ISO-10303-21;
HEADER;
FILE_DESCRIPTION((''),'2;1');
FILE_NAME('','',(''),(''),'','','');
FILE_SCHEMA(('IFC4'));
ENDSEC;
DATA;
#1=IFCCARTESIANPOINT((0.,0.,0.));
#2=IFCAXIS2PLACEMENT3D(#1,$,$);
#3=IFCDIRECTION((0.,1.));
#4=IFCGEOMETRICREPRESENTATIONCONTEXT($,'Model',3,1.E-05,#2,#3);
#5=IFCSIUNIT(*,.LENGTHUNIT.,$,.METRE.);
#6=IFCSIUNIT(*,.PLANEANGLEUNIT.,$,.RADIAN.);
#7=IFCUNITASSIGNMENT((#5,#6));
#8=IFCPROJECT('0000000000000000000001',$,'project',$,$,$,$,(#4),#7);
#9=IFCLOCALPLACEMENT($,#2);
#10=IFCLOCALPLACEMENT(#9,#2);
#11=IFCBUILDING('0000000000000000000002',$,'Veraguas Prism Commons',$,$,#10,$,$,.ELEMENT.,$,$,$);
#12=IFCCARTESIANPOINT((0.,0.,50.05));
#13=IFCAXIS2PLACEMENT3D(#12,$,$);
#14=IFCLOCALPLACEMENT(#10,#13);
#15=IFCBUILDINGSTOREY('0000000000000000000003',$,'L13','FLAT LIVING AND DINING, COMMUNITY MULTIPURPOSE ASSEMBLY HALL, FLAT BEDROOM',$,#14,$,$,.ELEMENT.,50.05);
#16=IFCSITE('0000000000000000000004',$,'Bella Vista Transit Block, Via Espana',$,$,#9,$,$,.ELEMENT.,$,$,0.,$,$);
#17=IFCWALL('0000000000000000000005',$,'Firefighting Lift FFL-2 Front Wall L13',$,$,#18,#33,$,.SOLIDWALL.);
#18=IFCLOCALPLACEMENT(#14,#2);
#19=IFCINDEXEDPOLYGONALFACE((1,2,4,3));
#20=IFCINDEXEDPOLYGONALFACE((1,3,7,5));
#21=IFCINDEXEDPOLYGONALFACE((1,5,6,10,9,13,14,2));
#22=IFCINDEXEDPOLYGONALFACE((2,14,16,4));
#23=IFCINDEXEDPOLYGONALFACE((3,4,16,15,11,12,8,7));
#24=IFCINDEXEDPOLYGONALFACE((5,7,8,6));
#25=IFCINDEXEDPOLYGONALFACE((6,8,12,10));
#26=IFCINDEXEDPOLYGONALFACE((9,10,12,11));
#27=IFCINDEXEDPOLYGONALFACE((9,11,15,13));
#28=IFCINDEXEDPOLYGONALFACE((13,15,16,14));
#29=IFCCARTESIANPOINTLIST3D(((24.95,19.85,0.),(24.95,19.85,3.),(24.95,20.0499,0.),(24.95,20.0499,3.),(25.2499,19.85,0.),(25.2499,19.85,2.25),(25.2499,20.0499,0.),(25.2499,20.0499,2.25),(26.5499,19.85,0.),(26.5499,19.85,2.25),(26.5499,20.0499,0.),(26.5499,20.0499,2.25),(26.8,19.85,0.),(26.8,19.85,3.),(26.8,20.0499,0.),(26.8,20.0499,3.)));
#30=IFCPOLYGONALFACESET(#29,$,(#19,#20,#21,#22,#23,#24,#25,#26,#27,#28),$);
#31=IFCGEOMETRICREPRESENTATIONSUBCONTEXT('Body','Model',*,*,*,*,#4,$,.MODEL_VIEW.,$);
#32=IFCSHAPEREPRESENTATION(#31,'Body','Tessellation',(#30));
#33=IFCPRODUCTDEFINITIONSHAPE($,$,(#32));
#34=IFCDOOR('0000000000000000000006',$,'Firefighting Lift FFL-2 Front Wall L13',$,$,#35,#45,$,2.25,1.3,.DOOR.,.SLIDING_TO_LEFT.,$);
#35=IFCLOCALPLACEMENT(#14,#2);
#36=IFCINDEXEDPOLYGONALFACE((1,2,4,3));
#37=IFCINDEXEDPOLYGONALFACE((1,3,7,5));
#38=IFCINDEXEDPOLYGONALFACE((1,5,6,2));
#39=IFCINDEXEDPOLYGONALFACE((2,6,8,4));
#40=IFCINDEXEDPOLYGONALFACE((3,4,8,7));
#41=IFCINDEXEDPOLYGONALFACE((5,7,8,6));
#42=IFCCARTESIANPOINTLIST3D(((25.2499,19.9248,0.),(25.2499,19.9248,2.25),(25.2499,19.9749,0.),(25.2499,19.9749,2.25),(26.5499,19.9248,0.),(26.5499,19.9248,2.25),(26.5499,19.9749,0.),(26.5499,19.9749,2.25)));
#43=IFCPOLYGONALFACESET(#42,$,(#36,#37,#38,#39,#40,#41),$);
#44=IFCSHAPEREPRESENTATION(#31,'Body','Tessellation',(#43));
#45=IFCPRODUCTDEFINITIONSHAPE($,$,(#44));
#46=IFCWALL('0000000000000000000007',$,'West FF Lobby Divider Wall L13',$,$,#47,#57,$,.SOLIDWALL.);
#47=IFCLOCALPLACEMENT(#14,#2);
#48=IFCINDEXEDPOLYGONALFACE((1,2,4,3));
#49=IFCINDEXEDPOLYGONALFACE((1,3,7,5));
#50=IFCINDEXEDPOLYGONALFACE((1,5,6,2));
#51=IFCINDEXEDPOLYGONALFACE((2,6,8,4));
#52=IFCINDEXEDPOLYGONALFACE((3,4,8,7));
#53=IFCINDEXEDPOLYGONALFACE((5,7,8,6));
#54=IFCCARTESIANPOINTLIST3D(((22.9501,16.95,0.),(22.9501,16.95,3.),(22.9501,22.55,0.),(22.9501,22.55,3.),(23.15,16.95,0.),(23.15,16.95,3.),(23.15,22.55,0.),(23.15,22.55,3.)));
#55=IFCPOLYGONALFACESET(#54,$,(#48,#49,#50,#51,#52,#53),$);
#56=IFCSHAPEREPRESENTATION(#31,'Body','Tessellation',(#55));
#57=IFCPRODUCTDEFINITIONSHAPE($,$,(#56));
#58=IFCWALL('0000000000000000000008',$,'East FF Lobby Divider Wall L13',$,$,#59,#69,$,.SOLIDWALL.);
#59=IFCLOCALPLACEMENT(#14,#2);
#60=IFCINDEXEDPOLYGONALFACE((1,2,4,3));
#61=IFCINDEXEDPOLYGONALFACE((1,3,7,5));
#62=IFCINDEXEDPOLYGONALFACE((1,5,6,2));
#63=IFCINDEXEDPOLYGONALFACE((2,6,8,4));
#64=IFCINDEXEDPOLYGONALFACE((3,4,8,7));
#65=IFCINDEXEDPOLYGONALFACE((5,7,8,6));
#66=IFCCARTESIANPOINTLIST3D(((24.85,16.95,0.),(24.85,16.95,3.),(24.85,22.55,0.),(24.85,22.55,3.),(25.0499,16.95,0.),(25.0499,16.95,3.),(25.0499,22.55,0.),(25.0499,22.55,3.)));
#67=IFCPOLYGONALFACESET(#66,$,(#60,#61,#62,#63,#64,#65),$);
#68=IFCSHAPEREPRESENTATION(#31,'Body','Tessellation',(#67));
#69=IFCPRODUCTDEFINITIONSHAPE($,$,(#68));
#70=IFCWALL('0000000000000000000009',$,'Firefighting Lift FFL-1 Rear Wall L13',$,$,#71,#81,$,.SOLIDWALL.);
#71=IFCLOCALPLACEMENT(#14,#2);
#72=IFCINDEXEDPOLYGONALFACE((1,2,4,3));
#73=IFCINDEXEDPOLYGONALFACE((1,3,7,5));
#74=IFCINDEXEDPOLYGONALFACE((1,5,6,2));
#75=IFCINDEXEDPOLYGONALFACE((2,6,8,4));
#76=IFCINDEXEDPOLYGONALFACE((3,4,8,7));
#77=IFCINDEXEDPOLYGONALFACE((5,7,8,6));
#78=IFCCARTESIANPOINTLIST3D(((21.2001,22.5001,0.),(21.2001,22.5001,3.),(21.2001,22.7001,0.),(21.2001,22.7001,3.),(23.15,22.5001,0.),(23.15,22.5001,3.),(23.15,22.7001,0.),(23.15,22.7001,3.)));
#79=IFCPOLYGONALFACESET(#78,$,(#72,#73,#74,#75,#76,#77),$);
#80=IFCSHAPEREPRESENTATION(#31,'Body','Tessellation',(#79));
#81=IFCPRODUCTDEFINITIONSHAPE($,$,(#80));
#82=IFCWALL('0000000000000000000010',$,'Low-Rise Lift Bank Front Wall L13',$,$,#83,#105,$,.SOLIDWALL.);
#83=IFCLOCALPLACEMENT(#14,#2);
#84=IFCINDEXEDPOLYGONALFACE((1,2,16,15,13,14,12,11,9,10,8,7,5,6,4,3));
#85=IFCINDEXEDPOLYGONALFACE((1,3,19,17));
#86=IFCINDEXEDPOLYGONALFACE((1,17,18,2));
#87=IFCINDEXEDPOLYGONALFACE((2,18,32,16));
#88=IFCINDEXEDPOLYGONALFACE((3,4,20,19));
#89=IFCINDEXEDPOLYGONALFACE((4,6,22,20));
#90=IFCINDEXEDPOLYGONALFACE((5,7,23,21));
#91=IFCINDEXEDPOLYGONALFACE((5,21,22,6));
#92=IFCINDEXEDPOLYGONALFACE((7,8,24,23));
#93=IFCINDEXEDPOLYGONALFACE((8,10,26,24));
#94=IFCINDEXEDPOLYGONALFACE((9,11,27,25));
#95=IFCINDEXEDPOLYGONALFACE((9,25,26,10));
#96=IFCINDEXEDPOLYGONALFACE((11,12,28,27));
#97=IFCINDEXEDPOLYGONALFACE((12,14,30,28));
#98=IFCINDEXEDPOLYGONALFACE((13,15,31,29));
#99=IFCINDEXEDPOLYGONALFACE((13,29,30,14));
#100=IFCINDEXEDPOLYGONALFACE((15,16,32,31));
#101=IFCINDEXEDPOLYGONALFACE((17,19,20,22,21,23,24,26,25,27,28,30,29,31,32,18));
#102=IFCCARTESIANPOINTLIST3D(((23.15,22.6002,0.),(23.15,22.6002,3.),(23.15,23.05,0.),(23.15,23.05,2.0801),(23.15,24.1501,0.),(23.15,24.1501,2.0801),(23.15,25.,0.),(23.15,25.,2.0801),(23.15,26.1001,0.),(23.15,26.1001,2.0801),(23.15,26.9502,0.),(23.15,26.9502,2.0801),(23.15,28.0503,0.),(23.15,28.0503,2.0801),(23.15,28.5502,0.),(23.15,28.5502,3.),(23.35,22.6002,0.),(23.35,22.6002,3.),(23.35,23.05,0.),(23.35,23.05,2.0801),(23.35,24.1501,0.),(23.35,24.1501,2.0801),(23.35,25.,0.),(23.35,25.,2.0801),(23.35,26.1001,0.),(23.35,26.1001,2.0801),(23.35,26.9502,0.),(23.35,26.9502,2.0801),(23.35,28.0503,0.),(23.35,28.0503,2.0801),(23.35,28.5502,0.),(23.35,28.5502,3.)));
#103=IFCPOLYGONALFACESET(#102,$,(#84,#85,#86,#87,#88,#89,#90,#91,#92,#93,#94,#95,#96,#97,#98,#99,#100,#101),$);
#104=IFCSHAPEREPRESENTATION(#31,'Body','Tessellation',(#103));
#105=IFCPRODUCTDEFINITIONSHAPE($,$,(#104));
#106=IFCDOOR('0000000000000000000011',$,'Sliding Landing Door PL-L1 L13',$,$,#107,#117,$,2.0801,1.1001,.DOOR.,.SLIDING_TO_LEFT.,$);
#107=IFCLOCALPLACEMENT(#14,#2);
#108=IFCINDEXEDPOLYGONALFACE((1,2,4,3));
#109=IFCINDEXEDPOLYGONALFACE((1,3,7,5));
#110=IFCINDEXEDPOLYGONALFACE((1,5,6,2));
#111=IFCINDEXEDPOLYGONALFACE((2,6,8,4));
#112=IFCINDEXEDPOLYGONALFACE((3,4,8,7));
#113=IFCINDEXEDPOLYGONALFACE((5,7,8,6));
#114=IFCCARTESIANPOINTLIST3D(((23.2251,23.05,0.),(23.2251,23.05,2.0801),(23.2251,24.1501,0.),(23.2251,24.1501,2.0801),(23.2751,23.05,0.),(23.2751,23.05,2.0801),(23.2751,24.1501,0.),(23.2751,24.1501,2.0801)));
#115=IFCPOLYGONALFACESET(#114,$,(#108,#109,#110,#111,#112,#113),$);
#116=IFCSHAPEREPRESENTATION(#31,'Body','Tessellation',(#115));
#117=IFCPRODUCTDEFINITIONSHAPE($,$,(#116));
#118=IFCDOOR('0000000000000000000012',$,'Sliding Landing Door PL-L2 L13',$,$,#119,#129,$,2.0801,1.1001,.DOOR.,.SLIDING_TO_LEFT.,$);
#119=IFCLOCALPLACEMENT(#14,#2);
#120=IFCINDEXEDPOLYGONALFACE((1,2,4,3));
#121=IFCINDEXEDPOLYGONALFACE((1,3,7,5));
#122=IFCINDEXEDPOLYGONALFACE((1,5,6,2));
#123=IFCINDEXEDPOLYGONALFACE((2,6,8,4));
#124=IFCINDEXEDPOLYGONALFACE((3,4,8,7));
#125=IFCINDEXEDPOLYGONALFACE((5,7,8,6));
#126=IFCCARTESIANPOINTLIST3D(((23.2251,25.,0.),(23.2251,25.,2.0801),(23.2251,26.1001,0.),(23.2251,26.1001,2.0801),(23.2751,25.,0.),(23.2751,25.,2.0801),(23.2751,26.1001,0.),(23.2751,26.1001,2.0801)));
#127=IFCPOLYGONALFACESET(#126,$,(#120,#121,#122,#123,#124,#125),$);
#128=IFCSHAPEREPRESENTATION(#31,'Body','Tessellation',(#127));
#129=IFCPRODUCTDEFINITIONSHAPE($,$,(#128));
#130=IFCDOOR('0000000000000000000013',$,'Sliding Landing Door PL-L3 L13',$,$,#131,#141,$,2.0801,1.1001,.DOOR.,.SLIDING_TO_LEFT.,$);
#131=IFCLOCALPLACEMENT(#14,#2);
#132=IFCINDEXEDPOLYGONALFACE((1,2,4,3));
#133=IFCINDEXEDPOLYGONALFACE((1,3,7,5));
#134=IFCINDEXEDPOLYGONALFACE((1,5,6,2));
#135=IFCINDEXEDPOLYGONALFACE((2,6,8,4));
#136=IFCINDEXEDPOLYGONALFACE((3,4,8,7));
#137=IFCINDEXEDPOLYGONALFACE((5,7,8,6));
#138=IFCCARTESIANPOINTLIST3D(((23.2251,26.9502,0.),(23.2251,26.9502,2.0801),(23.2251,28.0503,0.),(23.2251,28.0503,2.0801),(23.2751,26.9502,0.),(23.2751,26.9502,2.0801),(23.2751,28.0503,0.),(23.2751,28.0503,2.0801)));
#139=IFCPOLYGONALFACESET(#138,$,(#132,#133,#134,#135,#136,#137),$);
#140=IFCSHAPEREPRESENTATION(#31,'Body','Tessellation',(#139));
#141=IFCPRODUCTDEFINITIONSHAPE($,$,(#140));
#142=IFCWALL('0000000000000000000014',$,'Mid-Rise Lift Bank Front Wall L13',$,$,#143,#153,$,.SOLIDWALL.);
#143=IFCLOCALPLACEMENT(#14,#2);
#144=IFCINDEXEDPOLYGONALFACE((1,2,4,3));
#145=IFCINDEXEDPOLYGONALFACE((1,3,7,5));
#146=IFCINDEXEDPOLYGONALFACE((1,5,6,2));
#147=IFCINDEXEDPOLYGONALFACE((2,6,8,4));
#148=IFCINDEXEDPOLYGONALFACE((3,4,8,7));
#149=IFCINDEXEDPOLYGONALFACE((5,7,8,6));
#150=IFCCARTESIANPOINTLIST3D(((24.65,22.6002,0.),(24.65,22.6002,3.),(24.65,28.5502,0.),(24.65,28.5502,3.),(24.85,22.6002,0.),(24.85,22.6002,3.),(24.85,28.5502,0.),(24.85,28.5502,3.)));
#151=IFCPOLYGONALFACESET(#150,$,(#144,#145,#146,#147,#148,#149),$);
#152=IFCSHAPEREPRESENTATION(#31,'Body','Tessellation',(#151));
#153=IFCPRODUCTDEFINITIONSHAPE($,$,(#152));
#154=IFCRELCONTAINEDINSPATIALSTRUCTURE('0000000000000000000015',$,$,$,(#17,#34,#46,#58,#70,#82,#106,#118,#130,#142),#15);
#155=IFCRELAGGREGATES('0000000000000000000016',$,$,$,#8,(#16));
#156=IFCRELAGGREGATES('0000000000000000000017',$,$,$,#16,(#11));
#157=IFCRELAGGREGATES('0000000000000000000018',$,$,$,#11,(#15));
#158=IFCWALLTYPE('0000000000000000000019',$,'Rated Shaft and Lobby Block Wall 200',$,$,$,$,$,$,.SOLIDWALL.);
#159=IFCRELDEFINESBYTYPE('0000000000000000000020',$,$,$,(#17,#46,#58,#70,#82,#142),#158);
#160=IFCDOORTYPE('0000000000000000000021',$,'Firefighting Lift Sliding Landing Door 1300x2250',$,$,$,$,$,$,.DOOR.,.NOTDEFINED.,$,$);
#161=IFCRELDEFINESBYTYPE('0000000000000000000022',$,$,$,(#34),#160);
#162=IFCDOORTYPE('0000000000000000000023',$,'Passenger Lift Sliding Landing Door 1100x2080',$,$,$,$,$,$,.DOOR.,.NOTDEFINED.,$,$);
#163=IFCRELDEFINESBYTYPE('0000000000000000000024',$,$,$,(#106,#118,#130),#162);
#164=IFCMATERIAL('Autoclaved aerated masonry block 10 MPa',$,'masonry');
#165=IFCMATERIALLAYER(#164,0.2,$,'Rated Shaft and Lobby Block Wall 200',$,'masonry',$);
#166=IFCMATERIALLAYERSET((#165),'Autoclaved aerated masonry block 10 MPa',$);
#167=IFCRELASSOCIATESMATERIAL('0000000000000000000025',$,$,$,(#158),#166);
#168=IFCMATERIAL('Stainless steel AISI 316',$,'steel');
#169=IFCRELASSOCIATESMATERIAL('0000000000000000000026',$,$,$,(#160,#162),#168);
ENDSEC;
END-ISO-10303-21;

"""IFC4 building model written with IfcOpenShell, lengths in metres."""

from ifc_helpers import new_model, si_unit, direction, frame, frame_2d, origin, place, context, subcontext, project, spatial, rectangle, extrude, source, transform, mapped, material, layer, layer_set, type_object, element, fill, save


model = new_model("IFC4")

# Units and contexts
model_context = context("Model", 3, precision=1e-05, world=origin(), true_north=direction((0.0, 1.0)))
body_context = subcontext(model_context, "Body", "Model", "MODEL_VIEW")
ifc_project = project(units=[si_unit("LENGTHUNIT", "METRE"), si_unit("PLANEANGLEUNIT", "RADIAN")], contexts=[model_context])

# Site, building, storey
site_placement = place(None, origin())
site = spatial("IfcSite", under=ifc_project, at=site_placement, Name="Bella Vista Transit Block, Via Espana", CompositionType="ELEMENT", RefElevation=0.0)
building_placement = place(site_placement, origin())
building = spatial("IfcBuilding", under=site, at=building_placement, Name="Veraguas Prism Commons", CompositionType="ELEMENT")
storey_placement = place(building_placement, frame((0.0, 0.0, 50.05)))
storey = spatial("IfcBuildingStorey", under=building, at=storey_placement, Name="L13", Description="FLAT LIVING AND DINING, COMMUNITY MULTIPURPOSE ASSEMBLY HALL, FLAT BEDROOM", CompositionType="ELEMENT", Elevation=50.05)

# Wall, opening, door
ifc_material_1 = material(Name="Autoclaved aerated masonry block 10 MPa", Category="masonry")
ifc_layer_1 = layer(ifc_material_1, 0.2, Name="Rated Shaft and Lobby Block Wall 200", Category="masonry")
ifc_layer_set_1 = layer_set([ifc_layer_1], Name="Autoclaved aerated masonry block 10 MPa")
wall_type_1 = type_object("IfcWallType", Name="Rated Shaft and Lobby Block Wall 200", PredefinedType="SOLIDWALL", material=ifc_layer_set_1)
ifc_material_2 = material(Name="Stainless steel AISI 316", Category="steel")
door_type_1 = type_object("IfcDoorType", Name="Firefighting Lift Sliding Landing Door 1300x2250", OperationType="NOTDEFINED", PredefinedType="DOOR", material=ifc_material_2)
shared_shape_1 = source(origin(), body_context, "Body", "SweptSolid", [
    extrude(rectangle(XDim=1.3, YDim=2.25, at=frame_2d((0.6499, 1.125))), frame((0.0, 0.0249, 0.0), z_axis=(0.0, -1.0, 0.0), x_axis=(1.0, 0.0, 0.0)), (0.0, 0.0, 1.0), 0.05),
])
wall_1_placement = place(storey_placement, frame((24.95, 19.95, 0.0), z_axis=(0.0, 0.0, 1.0), x_axis=(1.0, 0.0, 0.0)))
wall_1 = element("IfcWall", 1, at=wall_1_placement, inside=storey, type_object=wall_type_1, Name="Firefighting Lift FFL-2 Front Wall L13", PredefinedType="SOLIDWALL", context=body_context, shape_type="SweptSolid", body=[
    extrude(rectangle(XDim=1.8501, YDim=0.2, at=frame_2d((0.925, 0.0))), origin(), (0.0, 0.0, 1.0), 3.0),
])
opening_1_placement = place(wall_1_placement, frame((0.3, 0.0, 0.0)))
opening_1 = element("IfcOpeningElement", 2, at=opening_1_placement, cuts=wall_1, PredefinedType="OPENING", context=body_context, shape_type="SweptSolid", body=[
    extrude(rectangle(XDim=1.3, YDim=2.25, at=frame_2d((0.6499, 1.125))), frame((0.0, 0.1099, 0.0), z_axis=(0.0, -1.0, 0.0), x_axis=(1.0, 0.0, 0.0)), (0.0, 0.0, 1.0), 0.22),
])
door_1_placement = place(opening_1_placement, origin())
door_1 = element("IfcDoor", 3, at=door_1_placement, inside=storey, type_object=door_type_1, Name="Firefighting Lift FFL-2 Front Wall L13", OperationType="SLIDING_TO_LEFT", OverallHeight=2.25, OverallWidth=1.3, PredefinedType="DOOR", context=body_context, shape_type="MappedRepresentation", body=[
    mapped(shared_shape_1, transform((0.0, 0.0, 0.0), scale=1.0)),
])
fill(opening_1, door_1)

# Walls
for number, where, z_axis, x_axis, name in (
    (4, (23.05, 16.95, 0.0), (0.0, 0.0, 1.0), (0.0, 1.0, 0.0), "West FF Lobby Divider Wall L13"),
    (5, (24.95, 16.95, 0.0), (0.0, 0.0, 1.0), (0.0, 1.0, 0.0), "East FF Lobby Divider Wall L13"),
):
    element("IfcWall", number, at=place(storey_placement, frame(where, z_axis=z_axis, x_axis=x_axis)), inside=storey, type_object=wall_type_1, Name=name, PredefinedType="SOLIDWALL", context=body_context, shape_type="SweptSolid", body=[
        extrude(rectangle(XDim=5.6001, YDim=0.2, at=frame_2d((2.8, 0.0))), origin(), (0.0, 0.0, 1.0), 3.0),
    ])
wall_2_placement = place(storey_placement, frame((21.2, 22.6001, 0.0), z_axis=(0.0, 0.0, 1.0), x_axis=(1.0, 0.0, 0.0)))
element("IfcWall", 6, at=wall_2_placement, inside=storey, type_object=wall_type_1, Name="Firefighting Lift FFL-1 Rear Wall L13", PredefinedType="SOLIDWALL", context=body_context, shape_type="SweptSolid", body=[
    extrude(rectangle(XDim=1.95, YDim=0.2, at=frame_2d((0.9751, 0.0))), origin(), (0.0, 0.0, 1.0), 3.0),
])

# Wall, openings, doors
wall_3_placement = place(storey_placement, frame((23.25, 22.6001, 0.0), z_axis=(0.0, 0.0, 1.0), x_axis=(0.0, 1.0, 0.0)))
wall_3 = element("IfcWall", 7, at=wall_3_placement, inside=storey, type_object=wall_type_1, Name="Low-Rise Lift Bank Front Wall L13", PredefinedType="SOLIDWALL", context=body_context, shape_type="SweptSolid", body=[
    extrude(rectangle(XDim=5.95, YDim=0.2, at=frame_2d((2.9751, 0.0))), origin(), (0.0, 0.0, 1.0), 3.0),
])
opening_2_placement = place(wall_3_placement, frame((0.45, 0.0, 0.0)))
opening_2 = element("IfcOpeningElement", 8, at=opening_2_placement, cuts=wall_3, PredefinedType="OPENING", context=body_context, shape_type="SweptSolid", body=[
    extrude(rectangle(XDim=1.1001, YDim=2.0801, at=frame_2d((0.55, 1.04))), frame((0.0, 0.1099, 0.0), z_axis=(0.0, -1.0, 0.0), x_axis=(1.0, 0.0, 0.0)), (0.0, 0.0, 1.0), 0.22),
])
opening_3_placement = place(wall_3_placement, frame((2.3999, 0.0, 0.0)))
opening_3 = element("IfcOpeningElement", 9, at=opening_3_placement, cuts=wall_3, PredefinedType="OPENING", context=body_context, shape_type="SweptSolid", body=[
    extrude(rectangle(XDim=1.1001, YDim=2.0801, at=frame_2d((0.55, 1.04))), frame((0.0, 0.1099, 0.0), z_axis=(0.0, -1.0, 0.0), x_axis=(1.0, 0.0, 0.0)), (0.0, 0.0, 1.0), 0.22),
])
opening_4_placement = place(wall_3_placement, frame((4.3501, 0.0, 0.0)))
opening_4 = element("IfcOpeningElement", 10, at=opening_4_placement, cuts=wall_3, PredefinedType="OPENING", context=body_context, shape_type="SweptSolid", body=[
    extrude(rectangle(XDim=1.1001, YDim=2.0801, at=frame_2d((0.55, 1.04))), frame((0.0, 0.1099, 0.0), z_axis=(0.0, -1.0, 0.0), x_axis=(1.0, 0.0, 0.0)), (0.0, 0.0, 1.0), 0.22),
])
door_type_2 = type_object("IfcDoorType", Name="Passenger Lift Sliding Landing Door 1100x2080", OperationType="NOTDEFINED", PredefinedType="DOOR", material=ifc_material_2)
shared_shape_2 = source(origin(), body_context, "Body", "SweptSolid", [
    extrude(rectangle(XDim=1.1001, YDim=2.0801, at=frame_2d((0.55, 1.04))), frame((0.0, 0.0249, 0.0), z_axis=(0.0, -1.0, 0.0), x_axis=(1.0, 0.0, 0.0)), (0.0, 0.0, 1.0), 0.05),
])
door_2_placement = place(opening_2_placement, origin())
door_2 = element("IfcDoor", 11, at=door_2_placement, inside=storey, type_object=door_type_2, Name="Sliding Landing Door PL-L1 L13", OperationType="SLIDING_TO_LEFT", OverallHeight=2.0801, OverallWidth=1.1001, PredefinedType="DOOR", context=body_context, shape_type="MappedRepresentation", body=[
    mapped(shared_shape_2, transform((0.0, 0.0, 0.0), scale=1.0)),
])
fill(opening_2, door_2)
door_3_placement = place(opening_3_placement, origin())
door_3 = element("IfcDoor", 12, at=door_3_placement, inside=storey, type_object=door_type_2, Name="Sliding Landing Door PL-L2 L13", OperationType="SLIDING_TO_LEFT", OverallHeight=2.0801, OverallWidth=1.1001, PredefinedType="DOOR", context=body_context, shape_type="MappedRepresentation", body=[
    mapped(shared_shape_2, transform((0.0, 0.0, 0.0), scale=1.0)),
])
fill(opening_3, door_3)
door_4_placement = place(opening_4_placement, origin())
door_4 = element("IfcDoor", 13, at=door_4_placement, inside=storey, type_object=door_type_2, Name="Sliding Landing Door PL-L3 L13", OperationType="SLIDING_TO_LEFT", OverallHeight=2.0801, OverallWidth=1.1001, PredefinedType="DOOR", context=body_context, shape_type="MappedRepresentation", body=[
    mapped(shared_shape_2, transform((0.0, 0.0, 0.0), scale=1.0)),
])
fill(opening_4, door_4)

# Wall
wall_4_placement = place(storey_placement, frame((24.75, 22.6001, 0.0), z_axis=(0.0, 0.0, 1.0), x_axis=(0.0, 1.0, 0.0)))
element("IfcWall", 14, at=wall_4_placement, inside=storey, type_object=wall_type_1, Name="Mid-Rise Lift Bank Front Wall L13", PredefinedType="SOLIDWALL", context=body_context, shape_type="SweptSolid", body=[
    extrude(rectangle(XDim=5.95, YDim=0.2, at=frame_2d((2.9751, 0.0))), origin(), (0.0, 0.0, 1.0), 3.0),
])

save(model, "model.ifc")
